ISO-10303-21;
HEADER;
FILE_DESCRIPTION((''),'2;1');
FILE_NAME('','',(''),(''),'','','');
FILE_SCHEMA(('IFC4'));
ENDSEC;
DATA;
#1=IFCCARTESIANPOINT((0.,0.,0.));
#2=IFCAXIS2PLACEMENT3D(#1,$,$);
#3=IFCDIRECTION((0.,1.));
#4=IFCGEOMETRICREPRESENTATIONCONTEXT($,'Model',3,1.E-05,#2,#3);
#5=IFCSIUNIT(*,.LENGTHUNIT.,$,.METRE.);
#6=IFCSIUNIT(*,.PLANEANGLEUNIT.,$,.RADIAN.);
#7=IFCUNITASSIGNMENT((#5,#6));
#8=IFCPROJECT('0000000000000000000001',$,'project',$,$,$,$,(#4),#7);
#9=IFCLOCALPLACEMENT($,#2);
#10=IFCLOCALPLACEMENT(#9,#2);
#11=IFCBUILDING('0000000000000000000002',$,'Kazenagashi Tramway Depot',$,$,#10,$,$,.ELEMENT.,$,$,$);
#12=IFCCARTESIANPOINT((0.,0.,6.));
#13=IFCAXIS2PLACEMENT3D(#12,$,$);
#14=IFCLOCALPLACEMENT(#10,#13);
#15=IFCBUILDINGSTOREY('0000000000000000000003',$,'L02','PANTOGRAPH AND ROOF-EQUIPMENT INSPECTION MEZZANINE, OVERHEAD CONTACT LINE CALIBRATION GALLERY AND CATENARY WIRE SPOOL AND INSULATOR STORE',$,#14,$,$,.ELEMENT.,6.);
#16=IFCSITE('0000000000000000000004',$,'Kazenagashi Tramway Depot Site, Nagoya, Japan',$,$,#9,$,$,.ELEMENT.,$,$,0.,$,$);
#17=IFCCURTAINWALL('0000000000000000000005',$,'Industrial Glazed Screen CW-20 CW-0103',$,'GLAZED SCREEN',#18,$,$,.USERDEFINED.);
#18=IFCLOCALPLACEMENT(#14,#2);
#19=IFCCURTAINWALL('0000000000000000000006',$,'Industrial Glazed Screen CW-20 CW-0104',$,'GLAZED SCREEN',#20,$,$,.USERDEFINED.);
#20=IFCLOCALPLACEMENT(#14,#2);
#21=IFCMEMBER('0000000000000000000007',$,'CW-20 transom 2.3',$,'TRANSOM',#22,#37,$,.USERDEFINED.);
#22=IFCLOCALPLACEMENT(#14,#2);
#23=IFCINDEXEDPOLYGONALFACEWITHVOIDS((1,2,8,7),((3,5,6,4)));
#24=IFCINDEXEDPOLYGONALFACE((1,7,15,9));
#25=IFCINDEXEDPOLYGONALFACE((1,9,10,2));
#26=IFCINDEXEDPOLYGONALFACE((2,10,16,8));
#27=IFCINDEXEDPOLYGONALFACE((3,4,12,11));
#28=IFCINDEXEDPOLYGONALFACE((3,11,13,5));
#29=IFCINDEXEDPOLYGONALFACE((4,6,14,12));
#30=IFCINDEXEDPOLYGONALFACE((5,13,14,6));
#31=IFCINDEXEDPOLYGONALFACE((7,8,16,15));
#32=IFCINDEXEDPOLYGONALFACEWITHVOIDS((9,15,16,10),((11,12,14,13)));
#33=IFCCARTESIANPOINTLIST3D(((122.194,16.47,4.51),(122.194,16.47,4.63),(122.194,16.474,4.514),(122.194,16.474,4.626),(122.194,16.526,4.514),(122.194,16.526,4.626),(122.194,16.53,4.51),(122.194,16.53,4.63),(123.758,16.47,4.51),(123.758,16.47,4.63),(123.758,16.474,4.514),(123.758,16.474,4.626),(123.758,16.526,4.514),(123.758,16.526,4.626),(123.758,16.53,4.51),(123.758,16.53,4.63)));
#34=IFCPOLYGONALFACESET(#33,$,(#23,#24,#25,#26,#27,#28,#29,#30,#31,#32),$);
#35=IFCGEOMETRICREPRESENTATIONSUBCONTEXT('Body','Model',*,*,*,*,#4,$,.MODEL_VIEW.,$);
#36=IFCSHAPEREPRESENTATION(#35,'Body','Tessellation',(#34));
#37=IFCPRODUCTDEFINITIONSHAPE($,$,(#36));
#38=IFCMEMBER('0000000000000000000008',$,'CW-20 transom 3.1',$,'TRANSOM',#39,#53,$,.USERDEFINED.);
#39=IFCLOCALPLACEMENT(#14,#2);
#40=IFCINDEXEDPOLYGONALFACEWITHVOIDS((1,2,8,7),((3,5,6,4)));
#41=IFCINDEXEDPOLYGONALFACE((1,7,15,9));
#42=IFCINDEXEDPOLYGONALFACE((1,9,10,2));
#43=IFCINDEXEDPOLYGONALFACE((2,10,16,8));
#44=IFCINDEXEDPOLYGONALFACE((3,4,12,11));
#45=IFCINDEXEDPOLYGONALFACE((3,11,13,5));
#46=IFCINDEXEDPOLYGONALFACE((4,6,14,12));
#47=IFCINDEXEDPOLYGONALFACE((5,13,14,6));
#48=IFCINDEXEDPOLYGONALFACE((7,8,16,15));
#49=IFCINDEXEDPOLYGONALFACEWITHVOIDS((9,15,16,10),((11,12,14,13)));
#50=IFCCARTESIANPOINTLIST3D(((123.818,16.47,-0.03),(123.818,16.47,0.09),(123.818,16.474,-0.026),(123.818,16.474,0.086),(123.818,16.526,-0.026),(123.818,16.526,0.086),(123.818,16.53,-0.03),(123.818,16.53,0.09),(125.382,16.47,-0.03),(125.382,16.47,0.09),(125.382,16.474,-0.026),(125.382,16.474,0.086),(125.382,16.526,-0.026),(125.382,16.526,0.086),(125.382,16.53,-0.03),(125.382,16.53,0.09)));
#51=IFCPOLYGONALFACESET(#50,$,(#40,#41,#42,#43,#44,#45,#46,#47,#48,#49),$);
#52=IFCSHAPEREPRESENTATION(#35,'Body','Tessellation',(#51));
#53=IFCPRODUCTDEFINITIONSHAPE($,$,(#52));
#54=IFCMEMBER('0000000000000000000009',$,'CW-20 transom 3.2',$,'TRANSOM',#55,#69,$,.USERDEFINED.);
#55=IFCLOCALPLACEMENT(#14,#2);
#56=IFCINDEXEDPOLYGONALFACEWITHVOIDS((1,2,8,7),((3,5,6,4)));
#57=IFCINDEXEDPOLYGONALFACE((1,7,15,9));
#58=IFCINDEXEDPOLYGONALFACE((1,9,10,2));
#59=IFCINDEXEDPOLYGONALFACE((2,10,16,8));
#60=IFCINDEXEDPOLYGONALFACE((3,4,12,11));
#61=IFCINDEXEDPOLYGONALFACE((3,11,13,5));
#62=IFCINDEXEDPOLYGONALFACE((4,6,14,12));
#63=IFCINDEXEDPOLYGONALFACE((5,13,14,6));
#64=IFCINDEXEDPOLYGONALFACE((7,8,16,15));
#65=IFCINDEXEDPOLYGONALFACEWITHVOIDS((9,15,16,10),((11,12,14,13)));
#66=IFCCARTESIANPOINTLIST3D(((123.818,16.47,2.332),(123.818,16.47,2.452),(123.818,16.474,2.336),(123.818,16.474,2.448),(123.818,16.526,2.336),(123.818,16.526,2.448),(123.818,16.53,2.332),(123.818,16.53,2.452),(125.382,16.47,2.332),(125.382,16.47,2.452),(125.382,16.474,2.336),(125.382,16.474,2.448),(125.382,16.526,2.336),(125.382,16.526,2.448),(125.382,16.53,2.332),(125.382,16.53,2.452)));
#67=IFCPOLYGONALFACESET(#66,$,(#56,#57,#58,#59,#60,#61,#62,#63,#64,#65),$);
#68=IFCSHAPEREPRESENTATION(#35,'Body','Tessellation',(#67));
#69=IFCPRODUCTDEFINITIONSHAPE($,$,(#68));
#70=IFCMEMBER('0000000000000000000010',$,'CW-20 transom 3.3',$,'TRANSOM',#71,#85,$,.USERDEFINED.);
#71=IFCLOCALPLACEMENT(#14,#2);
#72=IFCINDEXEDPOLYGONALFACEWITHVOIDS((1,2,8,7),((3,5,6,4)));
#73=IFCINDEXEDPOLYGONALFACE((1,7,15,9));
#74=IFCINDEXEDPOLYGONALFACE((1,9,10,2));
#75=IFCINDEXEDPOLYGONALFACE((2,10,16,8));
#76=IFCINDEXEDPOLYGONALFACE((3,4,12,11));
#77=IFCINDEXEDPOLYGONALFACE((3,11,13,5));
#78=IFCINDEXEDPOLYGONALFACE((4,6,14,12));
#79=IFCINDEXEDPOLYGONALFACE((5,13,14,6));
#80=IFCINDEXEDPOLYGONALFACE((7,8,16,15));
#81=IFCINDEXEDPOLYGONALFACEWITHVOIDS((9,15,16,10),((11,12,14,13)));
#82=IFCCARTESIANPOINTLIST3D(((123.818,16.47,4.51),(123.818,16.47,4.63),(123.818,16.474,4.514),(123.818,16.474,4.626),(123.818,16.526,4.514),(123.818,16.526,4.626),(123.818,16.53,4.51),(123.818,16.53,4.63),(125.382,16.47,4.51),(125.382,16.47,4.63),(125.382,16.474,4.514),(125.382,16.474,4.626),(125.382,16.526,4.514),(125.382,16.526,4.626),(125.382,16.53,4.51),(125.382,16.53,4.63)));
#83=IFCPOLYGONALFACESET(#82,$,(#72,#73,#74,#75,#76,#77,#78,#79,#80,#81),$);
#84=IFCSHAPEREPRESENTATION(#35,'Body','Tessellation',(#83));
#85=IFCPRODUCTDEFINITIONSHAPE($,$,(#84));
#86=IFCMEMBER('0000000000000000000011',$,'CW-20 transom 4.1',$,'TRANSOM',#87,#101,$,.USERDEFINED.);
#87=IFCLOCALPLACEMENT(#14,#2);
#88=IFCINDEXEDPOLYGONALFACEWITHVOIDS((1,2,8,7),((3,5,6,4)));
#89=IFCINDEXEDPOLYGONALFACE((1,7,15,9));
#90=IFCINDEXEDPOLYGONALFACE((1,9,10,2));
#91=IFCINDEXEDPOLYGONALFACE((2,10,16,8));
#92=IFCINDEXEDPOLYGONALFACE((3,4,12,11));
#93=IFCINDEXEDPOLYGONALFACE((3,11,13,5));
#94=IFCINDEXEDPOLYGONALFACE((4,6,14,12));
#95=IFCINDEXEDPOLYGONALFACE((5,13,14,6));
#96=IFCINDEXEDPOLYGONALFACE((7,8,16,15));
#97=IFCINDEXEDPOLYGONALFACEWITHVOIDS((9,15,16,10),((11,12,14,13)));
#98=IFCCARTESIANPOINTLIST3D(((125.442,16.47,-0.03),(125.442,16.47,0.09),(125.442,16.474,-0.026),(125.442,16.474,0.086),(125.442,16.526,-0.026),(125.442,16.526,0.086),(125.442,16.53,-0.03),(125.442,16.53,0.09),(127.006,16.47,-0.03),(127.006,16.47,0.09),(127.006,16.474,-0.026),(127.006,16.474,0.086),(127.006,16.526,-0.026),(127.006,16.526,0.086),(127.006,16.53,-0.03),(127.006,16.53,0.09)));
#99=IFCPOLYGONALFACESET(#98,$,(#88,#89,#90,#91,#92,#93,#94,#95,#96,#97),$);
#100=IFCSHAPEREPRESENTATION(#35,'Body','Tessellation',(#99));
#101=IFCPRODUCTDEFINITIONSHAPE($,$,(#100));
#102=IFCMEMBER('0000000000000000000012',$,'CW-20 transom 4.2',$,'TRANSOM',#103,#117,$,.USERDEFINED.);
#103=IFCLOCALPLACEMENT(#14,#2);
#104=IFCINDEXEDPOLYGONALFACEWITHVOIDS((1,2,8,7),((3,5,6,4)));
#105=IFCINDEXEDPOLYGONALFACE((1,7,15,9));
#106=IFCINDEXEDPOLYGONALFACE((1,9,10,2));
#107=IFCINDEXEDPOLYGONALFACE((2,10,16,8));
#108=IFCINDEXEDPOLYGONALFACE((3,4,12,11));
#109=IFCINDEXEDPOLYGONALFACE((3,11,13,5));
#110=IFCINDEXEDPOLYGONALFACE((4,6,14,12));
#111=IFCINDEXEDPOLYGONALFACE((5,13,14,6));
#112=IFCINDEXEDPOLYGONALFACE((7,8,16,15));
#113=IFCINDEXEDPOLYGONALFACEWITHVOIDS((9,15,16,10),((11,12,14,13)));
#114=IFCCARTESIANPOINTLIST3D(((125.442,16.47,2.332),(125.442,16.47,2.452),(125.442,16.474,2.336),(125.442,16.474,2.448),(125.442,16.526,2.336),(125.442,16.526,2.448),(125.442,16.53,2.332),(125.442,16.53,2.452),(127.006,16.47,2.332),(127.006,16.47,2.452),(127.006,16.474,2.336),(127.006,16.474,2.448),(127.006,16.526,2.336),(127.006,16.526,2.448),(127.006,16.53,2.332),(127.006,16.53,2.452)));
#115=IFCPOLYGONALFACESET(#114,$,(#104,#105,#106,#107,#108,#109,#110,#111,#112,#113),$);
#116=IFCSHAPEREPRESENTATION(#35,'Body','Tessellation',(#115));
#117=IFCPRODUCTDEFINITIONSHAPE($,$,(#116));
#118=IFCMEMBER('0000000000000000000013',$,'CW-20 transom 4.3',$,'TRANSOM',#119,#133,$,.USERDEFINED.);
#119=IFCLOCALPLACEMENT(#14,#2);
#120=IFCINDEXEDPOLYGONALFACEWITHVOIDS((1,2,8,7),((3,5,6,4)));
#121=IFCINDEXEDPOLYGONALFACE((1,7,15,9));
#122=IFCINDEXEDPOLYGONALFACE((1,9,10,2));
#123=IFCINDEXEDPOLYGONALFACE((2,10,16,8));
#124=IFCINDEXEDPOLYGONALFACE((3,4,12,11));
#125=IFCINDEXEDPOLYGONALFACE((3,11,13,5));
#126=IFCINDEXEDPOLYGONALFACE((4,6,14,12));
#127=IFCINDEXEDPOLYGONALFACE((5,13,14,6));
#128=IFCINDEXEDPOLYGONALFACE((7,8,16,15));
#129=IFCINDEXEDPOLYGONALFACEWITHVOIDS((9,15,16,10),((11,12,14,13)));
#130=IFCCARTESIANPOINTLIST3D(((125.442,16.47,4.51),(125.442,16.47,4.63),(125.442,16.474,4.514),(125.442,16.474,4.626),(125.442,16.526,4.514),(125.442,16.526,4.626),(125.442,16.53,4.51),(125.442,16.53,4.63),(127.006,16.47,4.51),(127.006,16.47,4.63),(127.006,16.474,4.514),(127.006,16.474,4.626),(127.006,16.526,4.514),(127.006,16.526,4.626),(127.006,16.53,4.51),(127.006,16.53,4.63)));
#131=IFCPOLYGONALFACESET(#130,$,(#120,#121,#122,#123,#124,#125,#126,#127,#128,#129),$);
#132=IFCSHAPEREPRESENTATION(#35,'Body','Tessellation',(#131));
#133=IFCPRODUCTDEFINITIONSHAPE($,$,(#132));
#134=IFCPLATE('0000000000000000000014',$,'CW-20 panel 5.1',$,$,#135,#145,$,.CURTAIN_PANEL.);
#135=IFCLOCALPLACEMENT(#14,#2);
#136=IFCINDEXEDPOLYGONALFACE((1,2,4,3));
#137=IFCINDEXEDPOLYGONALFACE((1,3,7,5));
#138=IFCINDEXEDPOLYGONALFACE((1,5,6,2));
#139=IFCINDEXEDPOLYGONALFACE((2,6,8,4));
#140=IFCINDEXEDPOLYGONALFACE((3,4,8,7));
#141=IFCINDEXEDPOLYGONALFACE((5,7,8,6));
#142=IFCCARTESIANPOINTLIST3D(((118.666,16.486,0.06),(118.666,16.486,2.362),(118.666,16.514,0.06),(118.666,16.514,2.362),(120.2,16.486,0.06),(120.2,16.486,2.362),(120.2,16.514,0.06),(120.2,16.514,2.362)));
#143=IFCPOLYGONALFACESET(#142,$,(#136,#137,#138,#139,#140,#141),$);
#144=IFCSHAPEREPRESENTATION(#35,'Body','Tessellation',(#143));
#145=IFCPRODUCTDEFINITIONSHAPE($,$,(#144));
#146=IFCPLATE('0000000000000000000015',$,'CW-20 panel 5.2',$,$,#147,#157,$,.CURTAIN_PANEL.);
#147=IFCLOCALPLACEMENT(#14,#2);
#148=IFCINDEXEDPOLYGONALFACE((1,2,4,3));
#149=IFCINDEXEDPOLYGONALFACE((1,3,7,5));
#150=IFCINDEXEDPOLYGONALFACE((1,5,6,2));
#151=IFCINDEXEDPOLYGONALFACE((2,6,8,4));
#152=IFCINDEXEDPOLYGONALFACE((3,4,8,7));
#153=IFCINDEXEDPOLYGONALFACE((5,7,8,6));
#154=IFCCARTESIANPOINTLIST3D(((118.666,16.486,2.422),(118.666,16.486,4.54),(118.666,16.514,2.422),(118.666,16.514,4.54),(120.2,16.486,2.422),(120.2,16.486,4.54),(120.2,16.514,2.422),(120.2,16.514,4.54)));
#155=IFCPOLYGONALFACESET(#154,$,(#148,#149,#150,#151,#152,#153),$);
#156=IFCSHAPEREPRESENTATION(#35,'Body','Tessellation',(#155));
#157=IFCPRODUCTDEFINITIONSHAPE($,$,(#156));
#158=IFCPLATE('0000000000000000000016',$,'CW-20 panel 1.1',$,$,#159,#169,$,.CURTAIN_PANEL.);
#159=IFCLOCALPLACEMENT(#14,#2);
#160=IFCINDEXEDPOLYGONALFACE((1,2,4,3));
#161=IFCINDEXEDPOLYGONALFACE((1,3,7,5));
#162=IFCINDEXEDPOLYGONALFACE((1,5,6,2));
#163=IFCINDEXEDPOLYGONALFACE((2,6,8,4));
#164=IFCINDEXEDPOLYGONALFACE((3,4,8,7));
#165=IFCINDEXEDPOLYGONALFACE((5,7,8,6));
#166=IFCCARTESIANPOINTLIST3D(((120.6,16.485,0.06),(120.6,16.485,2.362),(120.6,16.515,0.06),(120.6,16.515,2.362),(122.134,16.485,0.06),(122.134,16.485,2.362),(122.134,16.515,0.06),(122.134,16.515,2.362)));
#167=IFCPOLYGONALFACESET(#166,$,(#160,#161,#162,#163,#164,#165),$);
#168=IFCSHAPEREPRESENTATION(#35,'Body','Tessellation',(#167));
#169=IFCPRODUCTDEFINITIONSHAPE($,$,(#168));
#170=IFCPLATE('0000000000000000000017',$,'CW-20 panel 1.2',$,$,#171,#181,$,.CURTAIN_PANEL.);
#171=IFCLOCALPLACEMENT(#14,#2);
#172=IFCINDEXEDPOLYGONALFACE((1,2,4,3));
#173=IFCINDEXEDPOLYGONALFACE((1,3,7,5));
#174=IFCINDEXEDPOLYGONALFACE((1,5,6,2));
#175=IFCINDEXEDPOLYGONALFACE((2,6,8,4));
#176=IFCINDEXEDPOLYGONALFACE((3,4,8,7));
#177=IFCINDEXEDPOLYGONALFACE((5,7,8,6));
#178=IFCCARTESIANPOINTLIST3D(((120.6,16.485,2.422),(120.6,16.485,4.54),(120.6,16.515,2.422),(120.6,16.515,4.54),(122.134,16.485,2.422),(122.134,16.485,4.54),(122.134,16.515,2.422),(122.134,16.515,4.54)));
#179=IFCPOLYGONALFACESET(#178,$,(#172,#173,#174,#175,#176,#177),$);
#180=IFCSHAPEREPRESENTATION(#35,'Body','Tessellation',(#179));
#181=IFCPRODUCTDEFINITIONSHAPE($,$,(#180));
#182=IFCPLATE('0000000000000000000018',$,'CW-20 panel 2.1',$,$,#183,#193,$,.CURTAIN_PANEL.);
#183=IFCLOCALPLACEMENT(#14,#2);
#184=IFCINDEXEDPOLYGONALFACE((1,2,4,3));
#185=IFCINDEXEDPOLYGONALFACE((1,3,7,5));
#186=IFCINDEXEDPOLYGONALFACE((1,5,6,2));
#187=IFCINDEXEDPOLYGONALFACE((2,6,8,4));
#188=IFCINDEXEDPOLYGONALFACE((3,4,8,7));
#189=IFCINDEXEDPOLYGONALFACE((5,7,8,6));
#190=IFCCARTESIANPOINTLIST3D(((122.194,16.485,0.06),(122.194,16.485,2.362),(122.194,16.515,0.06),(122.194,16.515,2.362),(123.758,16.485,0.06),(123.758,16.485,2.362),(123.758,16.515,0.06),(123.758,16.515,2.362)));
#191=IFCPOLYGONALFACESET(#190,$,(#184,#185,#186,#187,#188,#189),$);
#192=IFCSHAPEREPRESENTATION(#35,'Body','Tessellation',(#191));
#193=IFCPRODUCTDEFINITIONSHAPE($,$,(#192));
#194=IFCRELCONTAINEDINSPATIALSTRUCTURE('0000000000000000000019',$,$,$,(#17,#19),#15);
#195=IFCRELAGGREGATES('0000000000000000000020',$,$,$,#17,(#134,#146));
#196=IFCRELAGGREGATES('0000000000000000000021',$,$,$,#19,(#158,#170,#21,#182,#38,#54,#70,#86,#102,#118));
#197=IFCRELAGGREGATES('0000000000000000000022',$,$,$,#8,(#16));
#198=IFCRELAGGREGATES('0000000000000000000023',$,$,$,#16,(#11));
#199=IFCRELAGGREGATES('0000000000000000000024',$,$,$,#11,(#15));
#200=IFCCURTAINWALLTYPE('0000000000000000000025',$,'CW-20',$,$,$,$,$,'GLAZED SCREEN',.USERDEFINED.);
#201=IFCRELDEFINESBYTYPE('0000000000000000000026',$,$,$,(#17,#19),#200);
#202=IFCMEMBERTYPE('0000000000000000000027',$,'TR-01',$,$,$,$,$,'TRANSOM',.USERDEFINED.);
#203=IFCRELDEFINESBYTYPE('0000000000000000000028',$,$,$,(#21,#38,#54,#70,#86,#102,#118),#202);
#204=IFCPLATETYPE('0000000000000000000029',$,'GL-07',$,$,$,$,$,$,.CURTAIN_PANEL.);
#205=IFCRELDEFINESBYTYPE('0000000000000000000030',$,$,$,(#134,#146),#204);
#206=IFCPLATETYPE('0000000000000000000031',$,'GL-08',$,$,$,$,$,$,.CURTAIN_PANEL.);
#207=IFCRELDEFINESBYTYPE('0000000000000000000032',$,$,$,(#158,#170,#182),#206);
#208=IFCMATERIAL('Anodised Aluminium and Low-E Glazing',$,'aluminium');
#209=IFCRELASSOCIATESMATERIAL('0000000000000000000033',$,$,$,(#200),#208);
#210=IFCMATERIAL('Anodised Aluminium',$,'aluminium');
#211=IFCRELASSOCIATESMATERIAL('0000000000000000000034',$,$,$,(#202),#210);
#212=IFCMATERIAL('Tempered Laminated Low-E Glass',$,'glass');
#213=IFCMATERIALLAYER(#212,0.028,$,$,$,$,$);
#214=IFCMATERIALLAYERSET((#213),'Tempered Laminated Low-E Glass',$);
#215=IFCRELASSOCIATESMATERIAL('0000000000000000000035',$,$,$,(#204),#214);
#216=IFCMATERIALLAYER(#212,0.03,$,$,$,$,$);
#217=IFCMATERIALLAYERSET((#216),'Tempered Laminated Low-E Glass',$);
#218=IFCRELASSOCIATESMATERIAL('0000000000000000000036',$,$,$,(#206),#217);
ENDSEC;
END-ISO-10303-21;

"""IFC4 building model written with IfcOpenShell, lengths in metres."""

from ifc_helpers import new_model, si_unit, direction, frame, origin, origin_2d, place, context, subcontext, project, spatial, rectangle, hollow_rectangle, extrude, material, layer, layer_set, material_profile, profile_set, type_object, element, aggregate, save


model = new_model("IFC4")

# Units and contexts
model_context = context("Model", 3, precision=1e-05, world=origin(), true_north=direction((0.0, 1.0)))
body_context = subcontext(model_context, "Body", "Model", "MODEL_VIEW")
ifc_project = project(units=[si_unit("LENGTHUNIT", "METRE"), si_unit("PLANEANGLEUNIT", "RADIAN")], contexts=[model_context])

# Site, building, storey
site_placement = place(None, origin())
site = spatial("IfcSite", under=ifc_project, at=site_placement, Name="Kazenagashi Tramway Depot Site, Nagoya, Japan", CompositionType="ELEMENT", RefElevation=0.0)
building_placement = place(site_placement, origin())
building = spatial("IfcBuilding", under=site, at=building_placement, Name="Kazenagashi Tramway Depot", CompositionType="ELEMENT")
storey_placement = place(building_placement, frame((0.0, 0.0, 6.0)))
storey = spatial("IfcBuildingStorey", under=building, at=storey_placement, Name="L02", Description="PANTOGRAPH AND ROOF-EQUIPMENT INSPECTION MEZZANINE, OVERHEAD CONTACT LINE CALIBRATION GALLERY AND CATENARY WIRE SPOOL AND INSULATOR STORE", CompositionType="ELEMENT", Elevation=6.0)

# Curtain wall
ifc_material_1 = material(Name="Anodised Aluminium and Low-E Glazing", Category="aluminium")
curtain_wall_type = type_object("IfcCurtainWallType", Name="CW-20", ElementType="GLAZED SCREEN", PredefinedType="USERDEFINED", material=ifc_material_1)
curtain_wall_1_placement = place(storey_placement, origin())
curtain_wall_1 = element("IfcCurtainWall", 1, at=curtain_wall_1_placement, inside=storey, type_object=curtain_wall_type, Name="Industrial Glazed Screen CW-20 CW-0103", ObjectType="GLAZED SCREEN", PredefinedType="USERDEFINED")
ifc_material_2 = material(Name="Anodised Aluminium", Category="aluminium")

# Curtain wall
curtain_wall_2_placement = place(storey_placement, origin())
curtain_wall_2 = element("IfcCurtainWall", 2, at=curtain_wall_2_placement, inside=storey, type_object=curtain_wall_type, Name="Industrial Glazed Screen CW-20 CW-0104", ObjectType="GLAZED SCREEN", PredefinedType="USERDEFINED")

# Members
ifc_material_profile_1 = material_profile(ifc_material_2, hollow_rectangle(XDim=0.06, YDim=0.12, WallThickness=0.004, at=origin_2d()), Name="RHS-120x60x4")
ifc_profile_set_1 = profile_set([ifc_material_profile_1], Name="Anodised Aluminium")
member_type_1 = type_object("IfcMemberType", Name="TR-01", ElementType="TRANSOM", PredefinedType="USERDEFINED", material=ifc_profile_set_1)
member_1_placement = place(storey_placement, frame((122.194, 16.5, 4.57), z_axis=(1.0, 0.0, 0.0), x_axis=(0.0, 1.0, 0.0)))
member_1 = element("IfcMember", 3, at=member_1_placement, type_object=member_type_1, Name="CW-20 transom 2.3", ObjectType="TRANSOM", PredefinedType="USERDEFINED", context=body_context, shape_type="SweptSolid", body=[
    extrude(hollow_rectangle(XDim=0.06, YDim=0.12, WallThickness=0.004, at=origin_2d()), origin(), (0.0, 0.0, 1.0), 1.564),
])
member_2_placement = place(storey_placement, frame((123.818, 16.5, 0.03), z_axis=(1.0, 0.0, 0.0), x_axis=(0.0, 1.0, 0.0)))
member_2 = element("IfcMember", 4, at=member_2_placement, type_object=member_type_1, Name="CW-20 transom 3.1", ObjectType="TRANSOM", PredefinedType="USERDEFINED", context=body_context, shape_type="SweptSolid", body=[
    extrude(hollow_rectangle(XDim=0.06, YDim=0.12, WallThickness=0.004, at=origin_2d()), origin(), (0.0, 0.0, 1.0), 1.564),
])
member_3_placement = place(storey_placement, frame((123.818, 16.5, 2.392), z_axis=(1.0, 0.0, 0.0), x_axis=(0.0, 1.0, 0.0)))
member_3 = element("IfcMember", 5, at=member_3_placement, type_object=member_type_1, Name="CW-20 transom 3.2", ObjectType="TRANSOM", PredefinedType="USERDEFINED", context=body_context, shape_type="SweptSolid", body=[
    extrude(hollow_rectangle(XDim=0.06, YDim=0.12, WallThickness=0.004, at=origin_2d()), origin(), (0.0, 0.0, 1.0), 1.564),
])
member_4_placement = place(storey_placement, frame((123.818, 16.5, 4.57), z_axis=(1.0, 0.0, 0.0), x_axis=(0.0, 1.0, 0.0)))
member_4 = element("IfcMember", 6, at=member_4_placement, type_object=member_type_1, Name="CW-20 transom 3.3", ObjectType="TRANSOM", PredefinedType="USERDEFINED", context=body_context, shape_type="SweptSolid", body=[
    extrude(hollow_rectangle(XDim=0.06, YDim=0.12, WallThickness=0.004, at=origin_2d()), origin(), (0.0, 0.0, 1.0), 1.564),
])
member_5_placement = place(storey_placement, frame((125.442, 16.5, 0.03), z_axis=(1.0, 0.0, 0.0), x_axis=(0.0, 1.0, 0.0)))
member_5 = element("IfcMember", 7, at=member_5_placement, type_object=member_type_1, Name="CW-20 transom 4.1", ObjectType="TRANSOM", PredefinedType="USERDEFINED", context=body_context, shape_type="SweptSolid", body=[
    extrude(hollow_rectangle(XDim=0.06, YDim=0.12, WallThickness=0.004, at=origin_2d()), origin(), (0.0, 0.0, 1.0), 1.564),
])
member_6_placement = place(storey_placement, frame((125.442, 16.5, 2.392), z_axis=(1.0, 0.0, 0.0), x_axis=(0.0, 1.0, 0.0)))
member_6 = element("IfcMember", 8, at=member_6_placement, type_object=member_type_1, Name="CW-20 transom 4.2", ObjectType="TRANSOM", PredefinedType="USERDEFINED", context=body_context, shape_type="SweptSolid", body=[
    extrude(hollow_rectangle(XDim=0.06, YDim=0.12, WallThickness=0.004, at=origin_2d()), origin(), (0.0, 0.0, 1.0), 1.564),
])
member_7_placement = place(storey_placement, frame((125.442, 16.5, 4.57), z_axis=(1.0, 0.0, 0.0), x_axis=(0.0, 1.0, 0.0)))
member_7 = element("IfcMember", 9, at=member_7_placement, type_object=member_type_1, Name="CW-20 transom 4.3", ObjectType="TRANSOM", PredefinedType="USERDEFINED", context=body_context, shape_type="SweptSolid", body=[
    extrude(hollow_rectangle(XDim=0.06, YDim=0.12, WallThickness=0.004, at=origin_2d()), origin(), (0.0, 0.0, 1.0), 1.564),
])

# Plates
ifc_material_3 = material(Name="Tempered Laminated Low-E Glass", Category="glass")
ifc_layer_1 = layer(ifc_material_3, 0.028)
ifc_layer_set_1 = layer_set([ifc_layer_1], Name="Tempered Laminated Low-E Glass")
plate_type_1 = type_object("IfcPlateType", Name="GL-07", PredefinedType="CURTAIN_PANEL", material=ifc_layer_set_1)
plate_1_placement = place(storey_placement, frame((119.433, 16.5, 0.06), z_axis=(0.0, 0.0, 1.0), x_axis=(1.0, 0.0, 0.0)))
plate_1 = element("IfcPlate", 10, at=plate_1_placement, type_object=plate_type_1, Name="CW-20 panel 5.1", PredefinedType="CURTAIN_PANEL", context=body_context, shape_type="SweptSolid", body=[
    extrude(rectangle(XDim=1.534, YDim=0.028, at=origin_2d()), origin(), (0.0, 0.0, 1.0), 2.302),
])
plate_2_placement = place(storey_placement, frame((119.433, 16.5, 2.422), z_axis=(0.0, 0.0, 1.0), x_axis=(1.0, 0.0, 0.0)))
plate_2 = element("IfcPlate", 11, at=plate_2_placement, type_object=plate_type_1, Name="CW-20 panel 5.2", PredefinedType="CURTAIN_PANEL", context=body_context, shape_type="SweptSolid", body=[
    extrude(rectangle(XDim=1.534, YDim=0.028, at=origin_2d()), origin(), (0.0, 0.0, 1.0), 2.118),
])
aggregate(curtain_wall_1, [plate_1, plate_2])
ifc_layer_2 = layer(ifc_material_3, 0.03)
ifc_layer_set_2 = layer_set([ifc_layer_2], Name="Tempered Laminated Low-E Glass")
plate_type_2 = type_object("IfcPlateType", Name="GL-08", PredefinedType="CURTAIN_PANEL", material=ifc_layer_set_2)
plate_3_placement = place(storey_placement, frame((121.367, 16.5, 0.06), z_axis=(0.0, 0.0, 1.0), x_axis=(1.0, 0.0, 0.0)))
plate_3 = element("IfcPlate", 12, at=plate_3_placement, type_object=plate_type_2, Name="CW-20 panel 1.1", PredefinedType="CURTAIN_PANEL", context=body_context, shape_type="SweptSolid", body=[
    extrude(rectangle(XDim=1.534, YDim=0.03, at=origin_2d()), origin(), (0.0, 0.0, 1.0), 2.302),
])
plate_4_placement = place(storey_placement, frame((121.367, 16.5, 2.422), z_axis=(0.0, 0.0, 1.0), x_axis=(1.0, 0.0, 0.0)))
plate_4 = element("IfcPlate", 13, at=plate_4_placement, type_object=plate_type_2, Name="CW-20 panel 1.2", PredefinedType="CURTAIN_PANEL", context=body_context, shape_type="SweptSolid", body=[
    extrude(rectangle(XDim=1.534, YDim=0.03, at=origin_2d()), origin(), (0.0, 0.0, 1.0), 2.118),
])
plate_5_placement = place(storey_placement, frame((122.976, 16.5, 0.06), z_axis=(0.0, 0.0, 1.0), x_axis=(1.0, 0.0, 0.0)))
plate_5 = element("IfcPlate", 14, at=plate_5_placement, type_object=plate_type_2, Name="CW-20 panel 2.1", PredefinedType="CURTAIN_PANEL", context=body_context, shape_type="SweptSolid", body=[
    extrude(rectangle(XDim=1.564, YDim=0.03, at=origin_2d()), origin(), (0.0, 0.0, 1.0), 2.302),
])
aggregate(curtain_wall_2, [plate_3, plate_4, member_1, plate_5, member_2, member_3, member_4, member_5, member_6, member_7])

save(model, "model.ifc")
